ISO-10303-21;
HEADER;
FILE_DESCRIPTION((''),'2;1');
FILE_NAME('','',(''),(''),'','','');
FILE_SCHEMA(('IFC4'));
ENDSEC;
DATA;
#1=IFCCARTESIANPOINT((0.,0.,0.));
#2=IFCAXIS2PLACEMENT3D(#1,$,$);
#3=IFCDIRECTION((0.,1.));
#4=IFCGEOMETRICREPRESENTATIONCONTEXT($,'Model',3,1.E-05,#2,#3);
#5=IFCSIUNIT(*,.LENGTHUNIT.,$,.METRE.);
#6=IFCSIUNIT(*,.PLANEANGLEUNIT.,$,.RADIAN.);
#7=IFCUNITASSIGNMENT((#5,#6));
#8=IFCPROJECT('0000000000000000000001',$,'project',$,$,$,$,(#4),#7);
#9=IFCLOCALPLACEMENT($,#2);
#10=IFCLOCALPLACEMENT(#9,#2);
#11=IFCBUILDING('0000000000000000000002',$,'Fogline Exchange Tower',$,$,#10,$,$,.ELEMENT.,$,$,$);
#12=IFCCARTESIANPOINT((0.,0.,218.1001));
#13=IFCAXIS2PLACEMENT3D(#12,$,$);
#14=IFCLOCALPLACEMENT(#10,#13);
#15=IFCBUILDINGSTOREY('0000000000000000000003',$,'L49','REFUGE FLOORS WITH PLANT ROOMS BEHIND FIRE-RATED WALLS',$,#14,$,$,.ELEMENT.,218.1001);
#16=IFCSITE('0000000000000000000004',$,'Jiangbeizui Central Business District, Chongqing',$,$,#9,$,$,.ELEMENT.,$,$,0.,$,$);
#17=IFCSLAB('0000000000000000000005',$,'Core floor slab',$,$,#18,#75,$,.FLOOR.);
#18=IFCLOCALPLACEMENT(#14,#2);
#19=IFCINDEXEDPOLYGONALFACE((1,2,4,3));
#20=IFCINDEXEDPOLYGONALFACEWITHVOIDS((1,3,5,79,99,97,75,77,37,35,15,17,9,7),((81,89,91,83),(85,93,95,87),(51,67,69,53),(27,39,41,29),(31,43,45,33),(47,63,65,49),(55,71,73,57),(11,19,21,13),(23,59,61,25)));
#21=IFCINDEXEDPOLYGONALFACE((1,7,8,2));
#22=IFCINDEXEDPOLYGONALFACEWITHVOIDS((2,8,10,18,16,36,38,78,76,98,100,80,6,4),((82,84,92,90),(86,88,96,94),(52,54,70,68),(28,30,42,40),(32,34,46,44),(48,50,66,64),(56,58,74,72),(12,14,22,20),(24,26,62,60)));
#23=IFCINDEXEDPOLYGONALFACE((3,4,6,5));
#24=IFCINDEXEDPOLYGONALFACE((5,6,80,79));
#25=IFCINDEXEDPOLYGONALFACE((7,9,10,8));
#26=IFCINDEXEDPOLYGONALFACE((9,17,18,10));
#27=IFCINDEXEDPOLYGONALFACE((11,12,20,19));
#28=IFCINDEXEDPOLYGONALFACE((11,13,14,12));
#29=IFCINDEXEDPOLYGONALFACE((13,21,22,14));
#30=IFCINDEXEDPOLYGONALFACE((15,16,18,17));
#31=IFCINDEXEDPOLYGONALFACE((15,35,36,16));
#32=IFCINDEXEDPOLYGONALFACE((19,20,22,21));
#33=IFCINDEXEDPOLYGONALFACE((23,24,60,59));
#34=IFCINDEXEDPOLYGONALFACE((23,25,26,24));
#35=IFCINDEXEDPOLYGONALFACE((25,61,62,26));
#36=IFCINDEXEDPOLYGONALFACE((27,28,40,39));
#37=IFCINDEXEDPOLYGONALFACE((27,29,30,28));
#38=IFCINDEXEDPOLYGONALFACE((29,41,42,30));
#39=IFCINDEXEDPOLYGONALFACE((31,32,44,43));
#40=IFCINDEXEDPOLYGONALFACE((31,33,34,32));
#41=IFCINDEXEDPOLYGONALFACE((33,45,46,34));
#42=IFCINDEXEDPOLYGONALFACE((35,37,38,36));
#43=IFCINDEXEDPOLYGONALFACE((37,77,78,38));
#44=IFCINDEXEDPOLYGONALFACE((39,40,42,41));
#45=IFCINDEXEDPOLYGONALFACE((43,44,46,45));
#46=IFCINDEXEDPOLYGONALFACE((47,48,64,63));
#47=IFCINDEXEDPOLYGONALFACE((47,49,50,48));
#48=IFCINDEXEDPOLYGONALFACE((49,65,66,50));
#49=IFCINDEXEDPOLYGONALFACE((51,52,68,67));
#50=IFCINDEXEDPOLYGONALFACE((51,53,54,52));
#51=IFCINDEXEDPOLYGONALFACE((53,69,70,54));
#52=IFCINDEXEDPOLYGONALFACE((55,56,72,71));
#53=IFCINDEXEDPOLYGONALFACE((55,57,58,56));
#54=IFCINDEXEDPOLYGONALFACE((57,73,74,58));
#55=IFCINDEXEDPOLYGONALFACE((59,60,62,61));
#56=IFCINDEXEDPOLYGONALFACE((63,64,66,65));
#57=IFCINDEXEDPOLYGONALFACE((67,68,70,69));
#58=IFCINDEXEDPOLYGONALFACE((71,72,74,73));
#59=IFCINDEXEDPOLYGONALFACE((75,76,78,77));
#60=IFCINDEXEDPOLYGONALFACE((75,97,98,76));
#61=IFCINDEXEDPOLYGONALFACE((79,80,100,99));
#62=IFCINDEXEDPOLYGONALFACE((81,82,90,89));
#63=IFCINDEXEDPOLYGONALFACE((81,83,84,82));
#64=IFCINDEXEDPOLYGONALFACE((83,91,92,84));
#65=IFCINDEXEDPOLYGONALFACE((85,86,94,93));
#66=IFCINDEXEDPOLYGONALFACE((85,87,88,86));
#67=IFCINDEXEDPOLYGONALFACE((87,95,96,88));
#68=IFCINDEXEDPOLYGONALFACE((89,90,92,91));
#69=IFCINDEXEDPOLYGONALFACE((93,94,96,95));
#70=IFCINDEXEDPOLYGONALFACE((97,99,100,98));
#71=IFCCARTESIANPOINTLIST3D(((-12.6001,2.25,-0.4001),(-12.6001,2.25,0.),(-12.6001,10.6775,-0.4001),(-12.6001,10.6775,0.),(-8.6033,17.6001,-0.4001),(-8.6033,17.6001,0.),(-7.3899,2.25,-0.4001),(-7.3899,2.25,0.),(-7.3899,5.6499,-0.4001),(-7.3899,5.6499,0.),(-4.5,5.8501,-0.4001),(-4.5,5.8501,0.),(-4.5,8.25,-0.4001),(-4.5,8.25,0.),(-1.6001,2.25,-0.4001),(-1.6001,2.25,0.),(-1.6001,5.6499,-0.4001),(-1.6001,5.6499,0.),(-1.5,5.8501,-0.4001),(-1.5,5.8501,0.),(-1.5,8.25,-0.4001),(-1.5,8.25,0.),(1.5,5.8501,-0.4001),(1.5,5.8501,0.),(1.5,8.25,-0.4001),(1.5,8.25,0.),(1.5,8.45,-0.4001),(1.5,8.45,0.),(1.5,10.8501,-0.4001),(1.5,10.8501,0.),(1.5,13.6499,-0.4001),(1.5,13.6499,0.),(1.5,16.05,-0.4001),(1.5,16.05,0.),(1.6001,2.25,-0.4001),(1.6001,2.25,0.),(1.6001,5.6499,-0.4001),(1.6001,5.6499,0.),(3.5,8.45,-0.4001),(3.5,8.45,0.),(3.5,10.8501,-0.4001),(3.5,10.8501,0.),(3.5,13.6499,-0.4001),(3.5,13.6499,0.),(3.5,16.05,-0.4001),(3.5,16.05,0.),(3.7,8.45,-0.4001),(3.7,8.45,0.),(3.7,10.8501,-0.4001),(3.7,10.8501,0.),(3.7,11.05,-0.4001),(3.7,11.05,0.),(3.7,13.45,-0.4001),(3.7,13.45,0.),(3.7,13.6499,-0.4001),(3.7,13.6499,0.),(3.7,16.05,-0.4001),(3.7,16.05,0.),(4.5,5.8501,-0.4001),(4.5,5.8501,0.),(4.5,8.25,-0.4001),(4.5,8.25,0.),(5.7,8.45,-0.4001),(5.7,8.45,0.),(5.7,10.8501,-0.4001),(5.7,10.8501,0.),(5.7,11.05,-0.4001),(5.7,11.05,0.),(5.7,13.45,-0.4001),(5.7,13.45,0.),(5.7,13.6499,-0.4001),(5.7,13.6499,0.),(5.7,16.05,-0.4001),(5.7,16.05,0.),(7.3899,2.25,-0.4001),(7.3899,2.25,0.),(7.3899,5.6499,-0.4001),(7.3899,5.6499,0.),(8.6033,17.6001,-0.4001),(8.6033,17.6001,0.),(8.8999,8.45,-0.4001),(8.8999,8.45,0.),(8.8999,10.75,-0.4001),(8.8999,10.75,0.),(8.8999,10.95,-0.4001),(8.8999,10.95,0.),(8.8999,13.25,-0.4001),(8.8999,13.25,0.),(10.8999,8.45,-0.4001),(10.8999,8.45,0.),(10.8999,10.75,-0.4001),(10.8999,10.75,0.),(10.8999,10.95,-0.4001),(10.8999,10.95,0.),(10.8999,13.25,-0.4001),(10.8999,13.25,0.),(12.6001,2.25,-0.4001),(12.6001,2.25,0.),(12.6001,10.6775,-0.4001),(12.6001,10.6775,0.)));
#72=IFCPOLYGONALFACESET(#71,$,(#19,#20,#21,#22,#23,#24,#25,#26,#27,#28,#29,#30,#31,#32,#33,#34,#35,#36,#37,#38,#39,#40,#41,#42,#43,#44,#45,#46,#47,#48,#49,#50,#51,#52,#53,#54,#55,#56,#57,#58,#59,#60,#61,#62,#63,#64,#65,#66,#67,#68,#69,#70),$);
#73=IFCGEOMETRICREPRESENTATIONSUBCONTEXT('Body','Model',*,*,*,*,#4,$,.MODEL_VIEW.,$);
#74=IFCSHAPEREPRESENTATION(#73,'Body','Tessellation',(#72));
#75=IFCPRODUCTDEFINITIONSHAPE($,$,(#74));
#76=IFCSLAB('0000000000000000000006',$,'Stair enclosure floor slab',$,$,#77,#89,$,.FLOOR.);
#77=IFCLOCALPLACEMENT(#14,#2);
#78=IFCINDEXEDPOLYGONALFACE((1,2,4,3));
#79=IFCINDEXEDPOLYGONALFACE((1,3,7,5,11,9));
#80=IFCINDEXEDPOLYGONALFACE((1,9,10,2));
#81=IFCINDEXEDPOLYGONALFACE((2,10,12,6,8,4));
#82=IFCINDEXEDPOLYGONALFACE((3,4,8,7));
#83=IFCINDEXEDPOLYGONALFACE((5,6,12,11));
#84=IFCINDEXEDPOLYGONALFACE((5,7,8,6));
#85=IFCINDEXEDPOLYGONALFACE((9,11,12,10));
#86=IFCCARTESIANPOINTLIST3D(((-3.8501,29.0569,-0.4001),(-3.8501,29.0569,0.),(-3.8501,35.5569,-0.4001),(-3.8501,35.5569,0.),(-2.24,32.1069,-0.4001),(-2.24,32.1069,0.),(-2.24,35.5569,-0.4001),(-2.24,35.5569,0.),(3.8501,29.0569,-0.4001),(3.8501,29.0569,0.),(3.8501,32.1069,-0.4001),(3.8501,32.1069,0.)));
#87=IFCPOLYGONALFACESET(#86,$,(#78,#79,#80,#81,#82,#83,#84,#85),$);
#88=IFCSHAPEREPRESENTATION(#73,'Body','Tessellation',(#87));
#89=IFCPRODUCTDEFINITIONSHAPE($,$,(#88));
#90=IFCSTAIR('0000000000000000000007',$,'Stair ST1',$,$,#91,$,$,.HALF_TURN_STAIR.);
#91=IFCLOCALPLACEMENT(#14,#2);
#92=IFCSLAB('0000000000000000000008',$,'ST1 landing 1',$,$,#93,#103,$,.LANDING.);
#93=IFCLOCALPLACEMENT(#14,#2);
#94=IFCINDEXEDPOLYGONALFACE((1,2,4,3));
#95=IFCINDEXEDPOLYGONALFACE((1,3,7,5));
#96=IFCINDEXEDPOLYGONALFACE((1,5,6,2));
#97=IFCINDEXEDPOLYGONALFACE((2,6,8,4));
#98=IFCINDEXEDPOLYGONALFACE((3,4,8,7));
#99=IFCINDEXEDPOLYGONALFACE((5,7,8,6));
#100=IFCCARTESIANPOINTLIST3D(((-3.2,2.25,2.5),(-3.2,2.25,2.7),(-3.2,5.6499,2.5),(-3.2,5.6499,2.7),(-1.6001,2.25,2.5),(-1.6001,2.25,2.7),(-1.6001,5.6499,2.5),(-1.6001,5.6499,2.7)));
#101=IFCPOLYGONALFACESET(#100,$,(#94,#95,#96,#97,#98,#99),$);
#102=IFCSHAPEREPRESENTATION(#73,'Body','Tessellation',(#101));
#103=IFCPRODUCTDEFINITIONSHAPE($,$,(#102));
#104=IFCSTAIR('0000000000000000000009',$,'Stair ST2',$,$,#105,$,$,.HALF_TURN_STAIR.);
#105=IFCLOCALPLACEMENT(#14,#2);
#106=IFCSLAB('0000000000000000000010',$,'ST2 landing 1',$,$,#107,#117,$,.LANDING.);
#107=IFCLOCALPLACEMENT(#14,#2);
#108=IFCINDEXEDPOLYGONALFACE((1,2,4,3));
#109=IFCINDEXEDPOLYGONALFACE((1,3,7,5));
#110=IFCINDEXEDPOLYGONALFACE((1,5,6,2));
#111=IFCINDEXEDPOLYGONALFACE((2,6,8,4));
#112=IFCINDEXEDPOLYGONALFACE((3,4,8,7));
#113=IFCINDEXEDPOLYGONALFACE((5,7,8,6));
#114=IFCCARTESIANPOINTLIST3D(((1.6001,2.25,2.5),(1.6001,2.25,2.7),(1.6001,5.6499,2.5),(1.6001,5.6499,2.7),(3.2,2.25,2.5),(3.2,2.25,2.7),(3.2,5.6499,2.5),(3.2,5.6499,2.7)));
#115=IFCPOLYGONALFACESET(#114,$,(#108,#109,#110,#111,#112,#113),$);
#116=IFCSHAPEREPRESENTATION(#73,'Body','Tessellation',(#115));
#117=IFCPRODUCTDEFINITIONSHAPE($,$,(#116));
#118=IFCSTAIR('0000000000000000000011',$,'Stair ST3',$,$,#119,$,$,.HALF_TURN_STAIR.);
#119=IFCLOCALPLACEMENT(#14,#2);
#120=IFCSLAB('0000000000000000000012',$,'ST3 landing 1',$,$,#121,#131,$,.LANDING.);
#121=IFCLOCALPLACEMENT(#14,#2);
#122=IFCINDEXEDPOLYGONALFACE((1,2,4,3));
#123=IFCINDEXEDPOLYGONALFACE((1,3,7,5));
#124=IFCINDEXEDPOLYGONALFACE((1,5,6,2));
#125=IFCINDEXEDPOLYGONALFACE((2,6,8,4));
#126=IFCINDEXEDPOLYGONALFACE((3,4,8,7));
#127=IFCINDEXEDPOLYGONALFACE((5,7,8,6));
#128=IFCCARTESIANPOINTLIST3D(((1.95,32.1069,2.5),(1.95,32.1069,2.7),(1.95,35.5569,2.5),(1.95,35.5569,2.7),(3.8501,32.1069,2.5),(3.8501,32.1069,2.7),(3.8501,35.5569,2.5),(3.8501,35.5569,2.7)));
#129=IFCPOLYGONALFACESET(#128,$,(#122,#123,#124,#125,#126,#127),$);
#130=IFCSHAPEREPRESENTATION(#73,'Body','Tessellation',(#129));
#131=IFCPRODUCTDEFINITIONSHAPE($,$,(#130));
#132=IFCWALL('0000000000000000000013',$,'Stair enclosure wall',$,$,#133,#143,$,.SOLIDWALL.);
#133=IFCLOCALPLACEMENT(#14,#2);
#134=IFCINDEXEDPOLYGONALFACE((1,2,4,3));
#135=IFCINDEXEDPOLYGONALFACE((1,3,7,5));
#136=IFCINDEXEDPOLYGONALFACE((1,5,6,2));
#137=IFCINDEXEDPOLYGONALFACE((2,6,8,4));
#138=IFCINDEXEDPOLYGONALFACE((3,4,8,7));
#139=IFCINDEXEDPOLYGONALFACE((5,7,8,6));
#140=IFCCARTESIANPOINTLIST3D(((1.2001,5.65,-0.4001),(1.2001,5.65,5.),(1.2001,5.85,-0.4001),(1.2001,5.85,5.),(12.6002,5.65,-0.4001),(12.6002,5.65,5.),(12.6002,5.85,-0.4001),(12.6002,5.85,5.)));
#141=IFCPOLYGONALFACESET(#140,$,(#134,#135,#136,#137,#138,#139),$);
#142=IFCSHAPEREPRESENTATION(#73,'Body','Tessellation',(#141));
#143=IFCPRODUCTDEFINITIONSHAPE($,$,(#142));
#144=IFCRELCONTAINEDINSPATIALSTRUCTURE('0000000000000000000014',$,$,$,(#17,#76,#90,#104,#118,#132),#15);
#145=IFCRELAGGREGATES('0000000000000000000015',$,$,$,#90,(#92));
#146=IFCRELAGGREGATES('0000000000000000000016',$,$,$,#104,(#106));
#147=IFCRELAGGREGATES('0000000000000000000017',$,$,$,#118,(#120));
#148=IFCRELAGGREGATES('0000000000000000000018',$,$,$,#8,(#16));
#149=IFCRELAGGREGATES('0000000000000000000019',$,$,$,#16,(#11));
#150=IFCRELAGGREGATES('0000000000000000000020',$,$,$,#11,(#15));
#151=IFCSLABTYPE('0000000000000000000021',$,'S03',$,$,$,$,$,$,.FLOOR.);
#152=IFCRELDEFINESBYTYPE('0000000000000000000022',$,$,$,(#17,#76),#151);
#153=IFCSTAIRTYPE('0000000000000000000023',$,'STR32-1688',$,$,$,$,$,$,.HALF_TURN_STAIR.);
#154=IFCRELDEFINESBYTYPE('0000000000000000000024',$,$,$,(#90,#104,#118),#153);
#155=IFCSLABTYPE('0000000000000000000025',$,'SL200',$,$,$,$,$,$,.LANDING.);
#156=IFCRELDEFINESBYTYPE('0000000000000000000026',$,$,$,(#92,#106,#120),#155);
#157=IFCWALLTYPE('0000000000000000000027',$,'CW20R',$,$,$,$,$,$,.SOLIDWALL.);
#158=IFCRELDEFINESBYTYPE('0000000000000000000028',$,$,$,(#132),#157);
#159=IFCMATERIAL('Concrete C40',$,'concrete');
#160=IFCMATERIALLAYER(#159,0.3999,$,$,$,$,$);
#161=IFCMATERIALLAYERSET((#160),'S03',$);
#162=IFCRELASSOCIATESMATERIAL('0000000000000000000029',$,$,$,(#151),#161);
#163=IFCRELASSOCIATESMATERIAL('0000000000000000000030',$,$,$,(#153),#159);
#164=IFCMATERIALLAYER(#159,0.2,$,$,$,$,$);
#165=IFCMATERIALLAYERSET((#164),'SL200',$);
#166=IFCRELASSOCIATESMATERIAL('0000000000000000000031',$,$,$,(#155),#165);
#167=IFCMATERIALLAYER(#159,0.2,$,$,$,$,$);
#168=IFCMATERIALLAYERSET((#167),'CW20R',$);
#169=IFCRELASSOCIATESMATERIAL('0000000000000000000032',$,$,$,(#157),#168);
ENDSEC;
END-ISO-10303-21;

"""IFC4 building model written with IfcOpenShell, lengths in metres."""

from ifc_helpers import new_model, si_unit, direction, frame, frame_2d, origin, place, context, subcontext, project, spatial, polyline, rectangle, outline, extrude, material, layer, layer_set, type_object, element, aggregate, save


model = new_model("IFC4")

# Units and contexts
model_context = context("Model", 3, precision=1e-05, world=origin(), true_north=direction((0.0, 1.0)))
body_context = subcontext(model_context, "Body", "Model", "MODEL_VIEW")
ifc_project = project(units=[si_unit("LENGTHUNIT", "METRE"), si_unit("PLANEANGLEUNIT", "RADIAN")], contexts=[model_context])

# Site, building, storey
site_placement = place(None, origin())
site = spatial("IfcSite", under=ifc_project, at=site_placement, Name="Jiangbeizui Central Business District, Chongqing", CompositionType="ELEMENT", RefElevation=0.0)
building_placement = place(site_placement, origin())
building = spatial("IfcBuilding", under=site, at=building_placement, Name="Fogline Exchange Tower", CompositionType="ELEMENT")
storey_placement = place(building_placement, frame((0.0, 0.0, 218.1001)))
storey = spatial("IfcBuildingStorey", under=building, at=storey_placement, Name="L49", Description="REFUGE FLOORS WITH PLANT ROOMS BEHIND FIRE-RATED WALLS", CompositionType="ELEMENT", Elevation=218.1001)

# Slabs
ifc_material_1 = material(Name="Concrete C40", Category="concrete")
ifc_layer_1 = layer(ifc_material_1, 0.3999)
ifc_layer_set_1 = layer_set([ifc_layer_1], Name="S03")
slab_type_1 = type_object("IfcSlabType", Name="S03", PredefinedType="FLOOR", material=ifc_layer_set_1)
slab_1_placement = place(storey_placement, frame((0.0, 0.0, -0.4001)))
element("IfcSlab", 1, at=slab_1_placement, inside=storey, type_object=slab_type_1, Name="Core floor slab", PredefinedType="FLOOR", context=body_context, shape_type="SweptSolid", body=[
    extrude(outline(polyline([(-12.6001, 2.25), (-12.6001, 10.6775), (-8.6033, 17.6001), (8.6033, 17.6001), (12.6001, 10.6775), (12.6001, 2.25), (7.3899, 2.25), (7.3899, 5.6499), (1.6001, 5.6499), (1.6001, 2.25), (-1.6001, 2.25), (-1.6001, 5.6499), (-7.3899, 5.6499), (-7.3899, 2.25), (-12.6001, 2.25)]), holes=[polyline([(-4.5, 8.25), (-4.5, 5.8501), (-1.5, 5.8501), (-1.5, 8.25), (-4.5, 8.25)]), polyline([(4.5, 8.25), (1.5, 8.25), (1.5, 5.8501), (4.5, 5.8501), (4.5, 8.25)]), polyline([(3.5, 10.8501), (1.5, 10.8501), (1.5, 8.45), (3.5, 8.45), (3.5, 10.8501)]), polyline([(1.5, 16.05), (1.5, 13.6499), (3.5, 13.6499), (3.5, 16.05), (1.5, 16.05)]), polyline([(10.8999, 10.75), (8.8999, 10.75), (8.8999, 8.45), (10.8999, 8.45), (10.8999, 10.75)]), polyline([(5.7, 10.8501), (3.7, 10.8501), (3.7, 8.45), (5.7, 8.45), (5.7, 10.8501)]), polyline([(8.8999, 13.25), (8.8999, 10.95), (10.8999, 10.95), (10.8999, 13.25), (8.8999, 13.25)]), polyline([(5.7, 13.45), (3.7, 13.45), (3.7, 11.05), (5.7, 11.05), (5.7, 13.45)]), polyline([(5.7, 16.05), (3.7, 16.05), (3.7, 13.6499), (5.7, 13.6499), (5.7, 16.05)])]), origin(), (0.0, 0.0, 1.0), 0.4001),
])
slab_2_placement = place(storey_placement, frame((0.0, 0.0, -0.4001)))
element("IfcSlab", 2, at=slab_2_placement, inside=storey, type_object=slab_type_1, Name="Stair enclosure floor slab", PredefinedType="FLOOR", context=body_context, shape_type="SweptSolid", body=[
    extrude(outline(polyline([(3.8501, 29.0569), (-3.8501, 29.0569), (-3.8501, 35.5569), (-2.24, 35.5569), (-2.24, 32.1069), (3.8501, 32.1069), (3.8501, 29.0569)])), origin(), (0.0, 0.0, 1.0), 0.4001),
])

# Stairs, slabs
stair_type = type_object("IfcStairType", Name="STR32-1688", PredefinedType="HALF_TURN_STAIR", material=ifc_material_1)
stair_1_placement = place(storey_placement, origin())
stair_1 = element("IfcStair", 3, at=stair_1_placement, inside=storey, type_object=stair_type, Name="Stair ST1", PredefinedType="HALF_TURN_STAIR")
ifc_layer_2 = layer(ifc_material_1, 0.2)
ifc_layer_set_2 = layer_set([ifc_layer_2], Name="SL200")
slab_type_2 = type_object("IfcSlabType", Name="SL200", PredefinedType="LANDING", material=ifc_layer_set_2)
slab_3_placement = place(storey_placement, frame((0.0, 0.0, 2.5)))
slab_3 = element("IfcSlab", 4, at=slab_3_placement, type_object=slab_type_2, Name="ST1 landing 1", PredefinedType="LANDING", context=body_context, shape_type="SweptSolid", body=[
    extrude(outline(polyline([(-3.2, 2.25), (-1.6001, 2.25), (-1.6001, 5.6499), (-3.2, 5.6499), (-3.2, 2.25)])), origin(), (0.0, 0.0, 1.0), 0.2),
])
aggregate(stair_1, [slab_3])
stair_2_placement = place(storey_placement, origin())
stair_2 = element("IfcStair", 5, at=stair_2_placement, inside=storey, type_object=stair_type, Name="Stair ST2", PredefinedType="HALF_TURN_STAIR")
slab_4_placement = place(storey_placement, frame((0.0, 0.0, 2.5)))
slab_4 = element("IfcSlab", 6, at=slab_4_placement, type_object=slab_type_2, Name="ST2 landing 1", PredefinedType="LANDING", context=body_context, shape_type="SweptSolid", body=[
    extrude(outline(polyline([(1.6001, 2.25), (3.2, 2.25), (3.2, 5.6499), (1.6001, 5.6499), (1.6001, 2.25)])), origin(), (0.0, 0.0, 1.0), 0.2),
])
aggregate(stair_2, [slab_4])
stair_3_placement = place(storey_placement, origin())
stair_3 = element("IfcStair", 7, at=stair_3_placement, inside=storey, type_object=stair_type, Name="Stair ST3", PredefinedType="HALF_TURN_STAIR")
slab_5_placement = place(storey_placement, frame((0.0, 0.0, 2.5)))
slab_5 = element("IfcSlab", 8, at=slab_5_placement, type_object=slab_type_2, Name="ST3 landing 1", PredefinedType="LANDING", context=body_context, shape_type="SweptSolid", body=[
    extrude(outline(polyline([(1.95, 32.1069), (3.8501, 32.1069), (3.8501, 35.5569), (1.95, 35.5569), (1.95, 32.1069)])), origin(), (0.0, 0.0, 1.0), 0.2),
])
aggregate(stair_3, [slab_5])

# Wall
ifc_layer_3 = layer(ifc_material_1, 0.2)
ifc_layer_set_3 = layer_set([ifc_layer_3], Name="CW20R")
wall_type_1 = type_object("IfcWallType", Name="CW20R", PredefinedType="SOLIDWALL", material=ifc_layer_set_3)
wall_1_placement = place(storey_placement, frame((1.2, 5.75, -0.4001), z_axis=(0.0, 0.0, 1.0), x_axis=(1.0, 0.0, 0.0)))
element("IfcWall", 9, at=wall_1_placement, inside=storey, type_object=wall_type_1, Name="Stair enclosure wall", PredefinedType="SOLIDWALL", context=body_context, shape_type="SweptSolid", body=[
    extrude(rectangle(XDim=11.4001, YDim=0.2, at=frame_2d((5.7002, 0.0))), origin(), (0.0, 0.0, 1.0), 5.4001),
])

save(model, "model.ifc")
